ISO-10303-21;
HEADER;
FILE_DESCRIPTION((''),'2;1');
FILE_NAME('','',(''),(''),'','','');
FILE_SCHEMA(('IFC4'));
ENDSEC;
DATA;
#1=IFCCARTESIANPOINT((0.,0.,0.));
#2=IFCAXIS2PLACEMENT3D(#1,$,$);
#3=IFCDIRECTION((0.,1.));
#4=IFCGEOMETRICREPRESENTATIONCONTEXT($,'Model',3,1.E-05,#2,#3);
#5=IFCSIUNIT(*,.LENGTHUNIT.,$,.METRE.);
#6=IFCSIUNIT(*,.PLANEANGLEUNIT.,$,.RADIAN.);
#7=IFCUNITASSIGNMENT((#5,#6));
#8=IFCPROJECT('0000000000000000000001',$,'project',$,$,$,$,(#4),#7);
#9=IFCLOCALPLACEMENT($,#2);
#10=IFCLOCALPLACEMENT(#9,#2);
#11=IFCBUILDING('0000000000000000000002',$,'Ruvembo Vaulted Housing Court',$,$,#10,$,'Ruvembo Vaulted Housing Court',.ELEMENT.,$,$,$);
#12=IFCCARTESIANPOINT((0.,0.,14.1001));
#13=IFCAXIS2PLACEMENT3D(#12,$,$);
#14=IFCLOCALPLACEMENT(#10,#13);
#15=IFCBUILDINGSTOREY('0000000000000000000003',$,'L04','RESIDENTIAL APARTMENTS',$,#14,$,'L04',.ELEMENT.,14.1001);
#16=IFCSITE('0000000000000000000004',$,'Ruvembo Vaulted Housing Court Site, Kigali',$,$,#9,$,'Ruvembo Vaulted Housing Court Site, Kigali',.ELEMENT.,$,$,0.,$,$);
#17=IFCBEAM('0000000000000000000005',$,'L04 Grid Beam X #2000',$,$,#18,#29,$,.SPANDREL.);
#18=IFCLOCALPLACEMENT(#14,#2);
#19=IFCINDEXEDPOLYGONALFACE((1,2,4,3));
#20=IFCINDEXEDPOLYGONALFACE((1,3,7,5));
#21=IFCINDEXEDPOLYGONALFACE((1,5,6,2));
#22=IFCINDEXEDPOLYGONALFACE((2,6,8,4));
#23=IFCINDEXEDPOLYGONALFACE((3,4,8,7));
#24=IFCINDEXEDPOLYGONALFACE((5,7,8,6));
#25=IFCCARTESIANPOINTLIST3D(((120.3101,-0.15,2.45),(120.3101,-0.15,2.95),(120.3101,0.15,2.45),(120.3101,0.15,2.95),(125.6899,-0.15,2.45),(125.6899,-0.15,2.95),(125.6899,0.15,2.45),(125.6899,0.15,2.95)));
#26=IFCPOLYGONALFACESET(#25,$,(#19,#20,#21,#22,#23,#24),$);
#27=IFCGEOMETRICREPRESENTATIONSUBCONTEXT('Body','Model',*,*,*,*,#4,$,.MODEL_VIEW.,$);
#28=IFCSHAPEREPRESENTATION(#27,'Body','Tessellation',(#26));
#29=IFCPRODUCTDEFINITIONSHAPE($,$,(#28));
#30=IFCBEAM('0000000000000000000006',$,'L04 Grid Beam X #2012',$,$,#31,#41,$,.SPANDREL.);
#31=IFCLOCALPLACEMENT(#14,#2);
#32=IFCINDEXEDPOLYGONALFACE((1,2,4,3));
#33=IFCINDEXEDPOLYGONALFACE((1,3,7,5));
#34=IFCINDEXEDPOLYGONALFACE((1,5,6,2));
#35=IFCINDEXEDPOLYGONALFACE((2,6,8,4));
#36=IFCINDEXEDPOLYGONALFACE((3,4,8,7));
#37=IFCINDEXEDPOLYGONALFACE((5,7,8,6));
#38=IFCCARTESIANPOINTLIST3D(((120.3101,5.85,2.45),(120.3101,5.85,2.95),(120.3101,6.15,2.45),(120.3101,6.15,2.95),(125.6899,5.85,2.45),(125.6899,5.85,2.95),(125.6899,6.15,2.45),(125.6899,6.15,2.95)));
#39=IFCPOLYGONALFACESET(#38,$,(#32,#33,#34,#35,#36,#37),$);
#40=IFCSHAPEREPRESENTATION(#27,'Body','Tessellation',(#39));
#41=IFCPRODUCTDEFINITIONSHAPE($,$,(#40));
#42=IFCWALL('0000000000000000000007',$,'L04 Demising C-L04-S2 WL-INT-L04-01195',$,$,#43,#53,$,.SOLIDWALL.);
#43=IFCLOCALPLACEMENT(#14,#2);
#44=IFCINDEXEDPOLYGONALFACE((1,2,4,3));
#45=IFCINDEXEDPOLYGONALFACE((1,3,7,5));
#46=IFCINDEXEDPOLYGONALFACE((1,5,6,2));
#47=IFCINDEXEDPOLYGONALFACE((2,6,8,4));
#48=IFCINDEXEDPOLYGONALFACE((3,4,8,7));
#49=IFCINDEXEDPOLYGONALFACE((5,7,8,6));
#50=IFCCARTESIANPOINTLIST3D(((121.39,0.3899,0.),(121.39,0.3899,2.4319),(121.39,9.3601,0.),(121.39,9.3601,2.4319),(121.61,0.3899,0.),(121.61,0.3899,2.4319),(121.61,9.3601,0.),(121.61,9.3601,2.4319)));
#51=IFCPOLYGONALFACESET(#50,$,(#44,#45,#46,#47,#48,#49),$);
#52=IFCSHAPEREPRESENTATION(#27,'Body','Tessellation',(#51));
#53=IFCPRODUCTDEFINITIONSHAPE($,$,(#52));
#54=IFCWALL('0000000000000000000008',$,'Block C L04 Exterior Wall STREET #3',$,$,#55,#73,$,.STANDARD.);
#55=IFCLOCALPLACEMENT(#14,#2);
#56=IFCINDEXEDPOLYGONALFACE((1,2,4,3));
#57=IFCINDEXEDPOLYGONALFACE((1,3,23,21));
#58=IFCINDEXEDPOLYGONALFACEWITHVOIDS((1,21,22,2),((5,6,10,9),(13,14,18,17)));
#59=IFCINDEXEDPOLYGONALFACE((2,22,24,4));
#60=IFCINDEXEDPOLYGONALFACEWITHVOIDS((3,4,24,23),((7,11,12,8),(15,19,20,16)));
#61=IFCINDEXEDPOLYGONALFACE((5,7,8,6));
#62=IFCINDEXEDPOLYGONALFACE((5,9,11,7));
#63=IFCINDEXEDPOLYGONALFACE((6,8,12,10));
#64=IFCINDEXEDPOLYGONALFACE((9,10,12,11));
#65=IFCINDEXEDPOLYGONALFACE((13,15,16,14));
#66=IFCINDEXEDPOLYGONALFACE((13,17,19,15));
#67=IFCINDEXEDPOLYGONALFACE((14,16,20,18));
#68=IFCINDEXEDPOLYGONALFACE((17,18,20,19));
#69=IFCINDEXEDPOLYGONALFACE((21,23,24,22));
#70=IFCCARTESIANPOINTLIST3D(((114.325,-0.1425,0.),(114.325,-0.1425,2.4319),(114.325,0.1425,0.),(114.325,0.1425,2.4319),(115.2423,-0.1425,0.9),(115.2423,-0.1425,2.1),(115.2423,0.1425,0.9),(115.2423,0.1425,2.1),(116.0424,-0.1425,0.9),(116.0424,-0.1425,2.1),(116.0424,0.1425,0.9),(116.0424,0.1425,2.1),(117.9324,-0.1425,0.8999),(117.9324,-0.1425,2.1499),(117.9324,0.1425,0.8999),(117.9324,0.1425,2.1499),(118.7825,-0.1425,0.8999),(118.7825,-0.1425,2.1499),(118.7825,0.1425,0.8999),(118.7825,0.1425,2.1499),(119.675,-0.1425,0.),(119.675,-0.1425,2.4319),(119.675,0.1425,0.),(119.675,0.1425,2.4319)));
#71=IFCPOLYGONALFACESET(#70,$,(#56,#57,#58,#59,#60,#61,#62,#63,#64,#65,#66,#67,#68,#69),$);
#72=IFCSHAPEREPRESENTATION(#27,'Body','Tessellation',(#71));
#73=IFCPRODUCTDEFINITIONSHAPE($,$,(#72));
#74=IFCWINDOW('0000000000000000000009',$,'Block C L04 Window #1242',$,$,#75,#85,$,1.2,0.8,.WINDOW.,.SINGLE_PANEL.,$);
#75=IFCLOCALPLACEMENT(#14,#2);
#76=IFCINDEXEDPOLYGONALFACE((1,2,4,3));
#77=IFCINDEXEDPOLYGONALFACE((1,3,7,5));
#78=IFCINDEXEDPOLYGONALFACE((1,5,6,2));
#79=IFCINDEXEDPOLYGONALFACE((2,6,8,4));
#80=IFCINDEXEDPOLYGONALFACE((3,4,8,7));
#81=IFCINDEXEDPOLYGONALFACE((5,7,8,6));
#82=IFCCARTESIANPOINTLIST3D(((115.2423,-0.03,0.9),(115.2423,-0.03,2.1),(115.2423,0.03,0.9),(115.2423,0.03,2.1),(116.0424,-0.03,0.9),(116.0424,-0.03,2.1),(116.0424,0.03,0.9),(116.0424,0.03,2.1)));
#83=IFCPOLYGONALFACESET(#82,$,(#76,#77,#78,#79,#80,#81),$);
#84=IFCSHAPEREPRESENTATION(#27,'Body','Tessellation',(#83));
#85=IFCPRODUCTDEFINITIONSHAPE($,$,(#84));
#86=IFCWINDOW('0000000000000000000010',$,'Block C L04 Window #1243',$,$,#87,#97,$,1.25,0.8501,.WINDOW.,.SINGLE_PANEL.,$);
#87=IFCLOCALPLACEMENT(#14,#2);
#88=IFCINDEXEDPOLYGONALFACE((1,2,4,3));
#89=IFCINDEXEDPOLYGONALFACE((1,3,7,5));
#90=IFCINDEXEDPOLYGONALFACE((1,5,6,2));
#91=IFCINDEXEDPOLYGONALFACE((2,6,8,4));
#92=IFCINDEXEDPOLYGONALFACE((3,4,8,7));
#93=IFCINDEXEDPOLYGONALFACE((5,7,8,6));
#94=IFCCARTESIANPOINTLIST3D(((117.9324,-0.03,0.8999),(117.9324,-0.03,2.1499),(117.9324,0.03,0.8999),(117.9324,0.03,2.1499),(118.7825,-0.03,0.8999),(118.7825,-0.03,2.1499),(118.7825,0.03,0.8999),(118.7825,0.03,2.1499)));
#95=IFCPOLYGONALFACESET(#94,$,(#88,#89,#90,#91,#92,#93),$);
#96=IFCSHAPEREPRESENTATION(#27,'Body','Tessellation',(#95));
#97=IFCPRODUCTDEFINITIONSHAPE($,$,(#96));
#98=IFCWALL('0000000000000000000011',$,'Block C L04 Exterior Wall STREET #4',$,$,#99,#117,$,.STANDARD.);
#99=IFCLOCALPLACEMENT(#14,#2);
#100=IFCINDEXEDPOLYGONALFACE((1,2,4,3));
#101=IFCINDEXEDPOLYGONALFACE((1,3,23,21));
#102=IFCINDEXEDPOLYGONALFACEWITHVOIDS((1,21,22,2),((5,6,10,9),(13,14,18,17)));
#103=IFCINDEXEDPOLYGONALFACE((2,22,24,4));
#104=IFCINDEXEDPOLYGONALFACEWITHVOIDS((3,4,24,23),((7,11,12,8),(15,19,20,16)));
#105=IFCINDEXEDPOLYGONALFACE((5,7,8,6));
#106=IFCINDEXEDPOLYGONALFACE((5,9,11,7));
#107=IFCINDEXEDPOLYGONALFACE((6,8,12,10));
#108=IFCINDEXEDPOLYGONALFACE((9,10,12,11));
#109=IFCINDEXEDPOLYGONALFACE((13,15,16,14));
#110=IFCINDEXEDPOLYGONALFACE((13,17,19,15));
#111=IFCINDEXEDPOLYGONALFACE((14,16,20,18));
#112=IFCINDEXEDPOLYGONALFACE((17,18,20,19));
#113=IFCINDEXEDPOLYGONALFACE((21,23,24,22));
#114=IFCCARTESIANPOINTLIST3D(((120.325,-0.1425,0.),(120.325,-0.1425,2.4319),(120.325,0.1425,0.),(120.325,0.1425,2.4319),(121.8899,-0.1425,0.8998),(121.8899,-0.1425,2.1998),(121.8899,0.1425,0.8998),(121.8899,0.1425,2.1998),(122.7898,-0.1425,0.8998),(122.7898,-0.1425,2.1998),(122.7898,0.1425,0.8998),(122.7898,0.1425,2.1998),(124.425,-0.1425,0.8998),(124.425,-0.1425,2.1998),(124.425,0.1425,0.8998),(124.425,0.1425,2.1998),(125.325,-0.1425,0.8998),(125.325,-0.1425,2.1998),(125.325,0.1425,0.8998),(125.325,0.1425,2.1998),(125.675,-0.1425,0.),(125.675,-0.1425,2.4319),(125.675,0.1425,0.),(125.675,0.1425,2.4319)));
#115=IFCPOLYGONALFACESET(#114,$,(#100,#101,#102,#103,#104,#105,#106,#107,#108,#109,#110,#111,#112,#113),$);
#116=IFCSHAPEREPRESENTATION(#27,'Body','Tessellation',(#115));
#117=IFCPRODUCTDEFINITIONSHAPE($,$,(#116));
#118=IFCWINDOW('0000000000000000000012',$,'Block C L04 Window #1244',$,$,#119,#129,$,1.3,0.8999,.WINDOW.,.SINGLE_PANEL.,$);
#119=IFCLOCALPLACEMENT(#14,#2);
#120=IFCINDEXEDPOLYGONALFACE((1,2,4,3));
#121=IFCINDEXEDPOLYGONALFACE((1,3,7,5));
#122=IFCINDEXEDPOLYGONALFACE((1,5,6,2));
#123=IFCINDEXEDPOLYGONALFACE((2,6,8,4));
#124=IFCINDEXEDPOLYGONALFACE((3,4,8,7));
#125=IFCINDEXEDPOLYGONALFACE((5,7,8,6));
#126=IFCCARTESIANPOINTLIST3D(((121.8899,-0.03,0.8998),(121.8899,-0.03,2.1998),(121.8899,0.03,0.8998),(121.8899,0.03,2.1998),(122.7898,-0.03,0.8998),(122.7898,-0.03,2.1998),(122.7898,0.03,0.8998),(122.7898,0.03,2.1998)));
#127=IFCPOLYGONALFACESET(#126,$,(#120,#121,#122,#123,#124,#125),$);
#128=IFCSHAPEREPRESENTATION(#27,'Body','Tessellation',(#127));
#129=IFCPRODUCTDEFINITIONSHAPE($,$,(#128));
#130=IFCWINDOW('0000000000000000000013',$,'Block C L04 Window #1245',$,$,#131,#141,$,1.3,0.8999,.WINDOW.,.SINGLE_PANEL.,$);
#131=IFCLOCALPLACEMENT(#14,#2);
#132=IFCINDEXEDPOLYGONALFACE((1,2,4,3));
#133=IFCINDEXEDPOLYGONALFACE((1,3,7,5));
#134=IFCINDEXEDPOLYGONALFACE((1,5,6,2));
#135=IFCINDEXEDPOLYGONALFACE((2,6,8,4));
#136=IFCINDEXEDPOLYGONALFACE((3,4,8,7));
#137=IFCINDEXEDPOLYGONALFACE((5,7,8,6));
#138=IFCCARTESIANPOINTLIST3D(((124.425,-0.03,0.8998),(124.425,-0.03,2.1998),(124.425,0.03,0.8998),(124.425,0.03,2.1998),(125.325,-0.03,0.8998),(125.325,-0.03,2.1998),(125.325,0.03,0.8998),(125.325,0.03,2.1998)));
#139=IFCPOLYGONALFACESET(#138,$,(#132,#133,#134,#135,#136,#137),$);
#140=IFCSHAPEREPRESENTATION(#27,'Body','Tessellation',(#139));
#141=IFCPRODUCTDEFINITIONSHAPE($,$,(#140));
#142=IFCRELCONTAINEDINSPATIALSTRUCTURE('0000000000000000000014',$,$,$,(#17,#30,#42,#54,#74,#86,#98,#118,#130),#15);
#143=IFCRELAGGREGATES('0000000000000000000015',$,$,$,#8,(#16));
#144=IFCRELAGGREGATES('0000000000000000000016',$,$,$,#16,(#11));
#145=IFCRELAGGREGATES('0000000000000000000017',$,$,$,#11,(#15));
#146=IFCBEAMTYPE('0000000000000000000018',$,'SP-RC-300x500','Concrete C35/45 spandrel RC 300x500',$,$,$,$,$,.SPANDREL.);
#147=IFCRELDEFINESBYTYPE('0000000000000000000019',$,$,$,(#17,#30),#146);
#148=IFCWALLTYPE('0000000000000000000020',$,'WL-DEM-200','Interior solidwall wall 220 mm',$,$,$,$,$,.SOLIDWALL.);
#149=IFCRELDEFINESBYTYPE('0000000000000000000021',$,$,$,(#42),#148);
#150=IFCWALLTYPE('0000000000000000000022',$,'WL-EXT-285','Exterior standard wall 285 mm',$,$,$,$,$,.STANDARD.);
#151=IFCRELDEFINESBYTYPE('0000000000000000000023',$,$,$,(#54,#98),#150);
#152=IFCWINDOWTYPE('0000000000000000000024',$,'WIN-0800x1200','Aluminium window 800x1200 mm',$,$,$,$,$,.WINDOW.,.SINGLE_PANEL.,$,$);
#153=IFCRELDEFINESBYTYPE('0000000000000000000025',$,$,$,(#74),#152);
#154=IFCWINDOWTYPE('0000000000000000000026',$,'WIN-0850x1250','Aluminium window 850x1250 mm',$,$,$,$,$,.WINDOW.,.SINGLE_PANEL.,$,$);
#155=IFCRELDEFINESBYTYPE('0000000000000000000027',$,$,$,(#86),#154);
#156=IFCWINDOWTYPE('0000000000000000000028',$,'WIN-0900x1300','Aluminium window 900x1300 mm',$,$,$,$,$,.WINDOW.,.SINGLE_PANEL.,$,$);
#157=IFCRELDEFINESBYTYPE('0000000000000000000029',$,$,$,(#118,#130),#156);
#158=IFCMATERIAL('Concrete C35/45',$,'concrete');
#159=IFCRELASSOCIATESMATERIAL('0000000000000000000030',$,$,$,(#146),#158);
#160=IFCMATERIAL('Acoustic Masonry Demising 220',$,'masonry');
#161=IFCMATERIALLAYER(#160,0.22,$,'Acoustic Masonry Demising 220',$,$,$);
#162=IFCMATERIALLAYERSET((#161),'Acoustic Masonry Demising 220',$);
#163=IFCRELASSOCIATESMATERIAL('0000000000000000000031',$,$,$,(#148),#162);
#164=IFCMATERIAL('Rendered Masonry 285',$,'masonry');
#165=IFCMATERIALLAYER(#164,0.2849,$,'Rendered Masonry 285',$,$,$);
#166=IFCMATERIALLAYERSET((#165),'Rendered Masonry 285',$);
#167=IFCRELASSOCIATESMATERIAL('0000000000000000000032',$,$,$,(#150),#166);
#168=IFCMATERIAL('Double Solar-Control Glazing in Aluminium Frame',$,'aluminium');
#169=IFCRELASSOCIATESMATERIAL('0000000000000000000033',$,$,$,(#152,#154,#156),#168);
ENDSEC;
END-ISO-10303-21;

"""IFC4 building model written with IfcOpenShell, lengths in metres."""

from ifc_helpers import new_model, si_unit, direction, frame, frame_2d, origin, origin_2d, place, context, subcontext, project, spatial, rectangle, extrude, material, layer, layer_set, material_profile, profile_set, type_object, element, fill, save


model = new_model("IFC4")

# Units and contexts
model_context = context("Model", 3, precision=1e-05, world=origin(), true_north=direction((0.0, 1.0)))
body_context = subcontext(model_context, "Body", "Model", "MODEL_VIEW")
ifc_project = project(units=[si_unit("LENGTHUNIT", "METRE"), si_unit("PLANEANGLEUNIT", "RADIAN")], contexts=[model_context])

# Site, building, storey
site_placement = place(None, origin())
site = spatial("IfcSite", under=ifc_project, at=site_placement, Name="Ruvembo Vaulted Housing Court Site, Kigali", LongName="Ruvembo Vaulted Housing Court Site, Kigali", CompositionType="ELEMENT", RefElevation=0.0)
building_placement = place(site_placement, origin())
building = spatial("IfcBuilding", under=site, at=building_placement, Name="Ruvembo Vaulted Housing Court", LongName="Ruvembo Vaulted Housing Court", CompositionType="ELEMENT")
storey_placement = place(building_placement, frame((0.0, 0.0, 14.1001)))
storey = spatial("IfcBuildingStorey", under=building, at=storey_placement, Name="L04", Description="RESIDENTIAL APARTMENTS", LongName="L04", CompositionType="ELEMENT", Elevation=14.1001)

# Beams
ifc_material_1 = material(Name="Concrete C35/45", Category="concrete")
ifc_material_profile_1 = material_profile(ifc_material_1, rectangle(XDim=0.3, YDim=0.5, at=origin_2d()), Name="RC 300x500")
ifc_profile_set_1 = profile_set([ifc_material_profile_1], Name="Concrete C35/45")
beam_type_1 = type_object("IfcBeamType", Name="SP-RC-300x500", Description="Concrete C35/45 spandrel RC 300x500", PredefinedType="SPANDREL", material=ifc_profile_set_1)
for number, where, z_axis, x_axis, name in (
    (1, (120.3101, 0.0, 2.7), (1.0, 0.0, 0.0), (0.0, 1.0, 0.0), "L04 Grid Beam X #2000"),
    (2, (120.3101, 6.0, 2.7), (1.0, 0.0, 0.0), (0.0, 1.0, 0.0), "L04 Grid Beam X #2012"),
):
    element("IfcBeam", number, at=place(storey_placement, frame(where, z_axis=z_axis, x_axis=x_axis)), inside=storey, type_object=beam_type_1, Name=name, PredefinedType="SPANDREL", context=body_context, shape_type="SweptSolid", body=[
        extrude(rectangle(XDim=0.3, YDim=0.5, at=origin_2d()), origin(), (0.0, 0.0, 1.0), 5.3799),
    ])

# Wall
ifc_material_2 = material(Name="Acoustic Masonry Demising 220", Category="masonry")
ifc_layer_1 = layer(ifc_material_2, 0.22, Name="Acoustic Masonry Demising 220")
ifc_layer_set_1 = layer_set([ifc_layer_1], Name="Acoustic Masonry Demising 220")
wall_type_1 = type_object("IfcWallType", Name="WL-DEM-200", Description="Interior solidwall wall 220 mm", PredefinedType="SOLIDWALL", material=ifc_layer_set_1)
wall_1_placement = place(storey_placement, frame((121.5, 0.3899, 0.0), z_axis=(0.0, 0.0, 1.0), x_axis=(0.0, 1.0, 0.0)))
element("IfcWall", 3, at=wall_1_placement, inside=storey, type_object=wall_type_1, Name="L04 Demising C-L04-S2 WL-INT-L04-01195", PredefinedType="SOLIDWALL", context=body_context, shape_type="SweptSolid", body=[
    extrude(rectangle(XDim=8.9702, YDim=0.22, at=frame_2d((4.4851, 0.0))), origin(), (0.0, 0.0, 1.0), 2.4319),
])

# Walls, openings, windows
ifc_material_3 = material(Name="Rendered Masonry 285", Category="masonry")
ifc_layer_2 = layer(ifc_material_3, 0.2849, Name="Rendered Masonry 285")
ifc_layer_set_2 = layer_set([ifc_layer_2], Name="Rendered Masonry 285")
wall_type_2 = type_object("IfcWallType", Name="WL-EXT-285", Description="Exterior standard wall 285 mm", PredefinedType="STANDARD", material=ifc_layer_set_2)
wall_2_placement = place(storey_placement, frame((114.325, 0.0, 0.0), z_axis=(0.0, 0.0, 1.0), x_axis=(1.0, 0.0, 0.0)))
wall_2 = element("IfcWall", 4, at=wall_2_placement, inside=storey, type_object=wall_type_2, Name="Block C L04 Exterior Wall STREET #3", PredefinedType="STANDARD", context=body_context, shape_type="SweptSolid", body=[
    extrude(rectangle(XDim=5.3501, YDim=0.2849, at=frame_2d((2.675, 0.0))), origin(), (0.0, 0.0, 1.0), 2.4319),
])
opening_1_placement = place(wall_2_placement, frame((0.9175, 0.0, 0.8999)))
opening_1 = element("IfcOpeningElement", 5, at=opening_1_placement, cuts=wall_2, PredefinedType="OPENING", context=body_context, shape_type="SweptSolid", body=[
    extrude(rectangle(XDim=0.8, YDim=1.2, at=frame_2d((0.3999, 0.6001))), frame((0.0, 0.1523, 0.0), z_axis=(0.0, -1.0, 0.0), x_axis=(1.0, 0.0, 0.0)), (0.0, 0.0, 1.0), 0.3049),
])
opening_2_placement = place(wall_2_placement, frame((3.6074, 0.0, 0.8999)))
opening_2 = element("IfcOpeningElement", 6, at=opening_2_placement, cuts=wall_2, PredefinedType="OPENING", context=body_context, shape_type="SweptSolid", body=[
    extrude(rectangle(XDim=0.8501, YDim=1.25, at=frame_2d((0.425, 0.625))), frame((0.0, 0.1523, 0.0), z_axis=(0.0, -1.0, 0.0), x_axis=(1.0, 0.0, 0.0)), (0.0, 0.0, 1.0), 0.3049),
])
ifc_material_4 = material(Name="Double Solar-Control Glazing in Aluminium Frame", Category="aluminium")
window_type_1 = type_object("IfcWindowType", Name="WIN-0800x1200", Description="Aluminium window 800x1200 mm", PartitioningType="SINGLE_PANEL", PredefinedType="WINDOW", material=ifc_material_4)
window_1_placement = place(opening_1_placement, origin())
window_1 = element("IfcWindow", 7, at=window_1_placement, inside=storey, type_object=window_type_1, Name="Block C L04 Window #1242", OverallHeight=1.2, OverallWidth=0.8, PartitioningType="SINGLE_PANEL", PredefinedType="WINDOW", context=body_context, shape_type="SweptSolid", body=[
    extrude(rectangle(XDim=0.8, YDim=1.2, at=frame_2d((0.3999, 0.6001))), frame((0.0, 0.03, 0.0), z_axis=(0.0, -1.0, 0.0), x_axis=(1.0, 0.0, 0.0)), (0.0, 0.0, 1.0), 0.0601),
])
fill(opening_1, window_1)
window_type_2 = type_object("IfcWindowType", Name="WIN-0850x1250", Description="Aluminium window 850x1250 mm", PartitioningType="SINGLE_PANEL", PredefinedType="WINDOW", material=ifc_material_4)
window_2_placement = place(opening_2_placement, origin())
window_2 = element("IfcWindow", 8, at=window_2_placement, inside=storey, type_object=window_type_2, Name="Block C L04 Window #1243", OverallHeight=1.25, OverallWidth=0.8501, PartitioningType="SINGLE_PANEL", PredefinedType="WINDOW", context=body_context, shape_type="SweptSolid", body=[
    extrude(rectangle(XDim=0.8501, YDim=1.25, at=frame_2d((0.425, 0.625))), frame((0.0, 0.03, 0.0), z_axis=(0.0, -1.0, 0.0), x_axis=(1.0, 0.0, 0.0)), (0.0, 0.0, 1.0), 0.0601),
])
fill(opening_2, window_2)
wall_3_placement = place(storey_placement, frame((120.325, 0.0, 0.0), z_axis=(0.0, 0.0, 1.0), x_axis=(1.0, 0.0, 0.0)))
wall_3 = element("IfcWall", 9, at=wall_3_placement, inside=storey, type_object=wall_type_2, Name="Block C L04 Exterior Wall STREET #4", PredefinedType="STANDARD", context=body_context, shape_type="SweptSolid", body=[
    extrude(rectangle(XDim=5.3501, YDim=0.2849, at=frame_2d((2.675, 0.0))), origin(), (0.0, 0.0, 1.0), 2.4319),
])
opening_3_placement = place(wall_3_placement, frame((1.5649, 0.0, 0.8999)))
opening_3 = element("IfcOpeningElement", 10, at=opening_3_placement, cuts=wall_3, PredefinedType="OPENING", context=body_context, shape_type="SweptSolid", body=[
    extrude(rectangle(XDim=0.8999, YDim=1.3, at=frame_2d((0.45, 0.6499))), frame((0.0, 0.1523, 0.0), z_axis=(0.0, -1.0, 0.0), x_axis=(1.0, 0.0, 0.0)), (0.0, 0.0, 1.0), 0.3049),
])
opening_4_placement = place(wall_3_placement, frame((4.1001, 0.0, 0.8999)))
opening_4 = element("IfcOpeningElement", 11, at=opening_4_placement, cuts=wall_3, PredefinedType="OPENING", context=body_context, shape_type="SweptSolid", body=[
    extrude(rectangle(XDim=0.8999, YDim=1.3, at=frame_2d((0.45, 0.6499))), frame((0.0, 0.1523, 0.0), z_axis=(0.0, -1.0, 0.0), x_axis=(1.0, 0.0, 0.0)), (0.0, 0.0, 1.0), 0.3049),
])
window_type_3 = type_object("IfcWindowType", Name="WIN-0900x1300", Description="Aluminium window 900x1300 mm", PartitioningType="SINGLE_PANEL", PredefinedType="WINDOW", material=ifc_material_4)
window_3_placement = place(opening_3_placement, origin())
window_3 = element("IfcWindow", 12, at=window_3_placement, inside=storey, type_object=window_type_3, Name="Block C L04 Window #1244", OverallHeight=1.3, OverallWidth=0.8999, PartitioningType="SINGLE_PANEL", PredefinedType="WINDOW", context=body_context, shape_type="SweptSolid", body=[
    extrude(rectangle(XDim=0.8999, YDim=1.3, at=frame_2d((0.45, 0.6499))), frame((0.0, 0.03, 0.0), z_axis=(0.0, -1.0, 0.0), x_axis=(1.0, 0.0, 0.0)), (0.0, 0.0, 1.0), 0.0601),
])
fill(opening_3, window_3)
window_4_placement = place(opening_4_placement, origin())
window_4 = element("IfcWindow", 13, at=window_4_placement, inside=storey, type_object=window_type_3, Name="Block C L04 Window #1245", OverallHeight=1.3, OverallWidth=0.8999, PartitioningType="SINGLE_PANEL", PredefinedType="WINDOW", context=body_context, shape_type="SweptSolid", body=[
    extrude(rectangle(XDim=0.8999, YDim=1.3, at=frame_2d((0.45, 0.6499))), frame((0.0, 0.03, 0.0), z_axis=(0.0, -1.0, 0.0), x_axis=(1.0, 0.0, 0.0)), (0.0, 0.0, 1.0), 0.0601),
])
fill(opening_4, window_4)

save(model, "model.ifc")
